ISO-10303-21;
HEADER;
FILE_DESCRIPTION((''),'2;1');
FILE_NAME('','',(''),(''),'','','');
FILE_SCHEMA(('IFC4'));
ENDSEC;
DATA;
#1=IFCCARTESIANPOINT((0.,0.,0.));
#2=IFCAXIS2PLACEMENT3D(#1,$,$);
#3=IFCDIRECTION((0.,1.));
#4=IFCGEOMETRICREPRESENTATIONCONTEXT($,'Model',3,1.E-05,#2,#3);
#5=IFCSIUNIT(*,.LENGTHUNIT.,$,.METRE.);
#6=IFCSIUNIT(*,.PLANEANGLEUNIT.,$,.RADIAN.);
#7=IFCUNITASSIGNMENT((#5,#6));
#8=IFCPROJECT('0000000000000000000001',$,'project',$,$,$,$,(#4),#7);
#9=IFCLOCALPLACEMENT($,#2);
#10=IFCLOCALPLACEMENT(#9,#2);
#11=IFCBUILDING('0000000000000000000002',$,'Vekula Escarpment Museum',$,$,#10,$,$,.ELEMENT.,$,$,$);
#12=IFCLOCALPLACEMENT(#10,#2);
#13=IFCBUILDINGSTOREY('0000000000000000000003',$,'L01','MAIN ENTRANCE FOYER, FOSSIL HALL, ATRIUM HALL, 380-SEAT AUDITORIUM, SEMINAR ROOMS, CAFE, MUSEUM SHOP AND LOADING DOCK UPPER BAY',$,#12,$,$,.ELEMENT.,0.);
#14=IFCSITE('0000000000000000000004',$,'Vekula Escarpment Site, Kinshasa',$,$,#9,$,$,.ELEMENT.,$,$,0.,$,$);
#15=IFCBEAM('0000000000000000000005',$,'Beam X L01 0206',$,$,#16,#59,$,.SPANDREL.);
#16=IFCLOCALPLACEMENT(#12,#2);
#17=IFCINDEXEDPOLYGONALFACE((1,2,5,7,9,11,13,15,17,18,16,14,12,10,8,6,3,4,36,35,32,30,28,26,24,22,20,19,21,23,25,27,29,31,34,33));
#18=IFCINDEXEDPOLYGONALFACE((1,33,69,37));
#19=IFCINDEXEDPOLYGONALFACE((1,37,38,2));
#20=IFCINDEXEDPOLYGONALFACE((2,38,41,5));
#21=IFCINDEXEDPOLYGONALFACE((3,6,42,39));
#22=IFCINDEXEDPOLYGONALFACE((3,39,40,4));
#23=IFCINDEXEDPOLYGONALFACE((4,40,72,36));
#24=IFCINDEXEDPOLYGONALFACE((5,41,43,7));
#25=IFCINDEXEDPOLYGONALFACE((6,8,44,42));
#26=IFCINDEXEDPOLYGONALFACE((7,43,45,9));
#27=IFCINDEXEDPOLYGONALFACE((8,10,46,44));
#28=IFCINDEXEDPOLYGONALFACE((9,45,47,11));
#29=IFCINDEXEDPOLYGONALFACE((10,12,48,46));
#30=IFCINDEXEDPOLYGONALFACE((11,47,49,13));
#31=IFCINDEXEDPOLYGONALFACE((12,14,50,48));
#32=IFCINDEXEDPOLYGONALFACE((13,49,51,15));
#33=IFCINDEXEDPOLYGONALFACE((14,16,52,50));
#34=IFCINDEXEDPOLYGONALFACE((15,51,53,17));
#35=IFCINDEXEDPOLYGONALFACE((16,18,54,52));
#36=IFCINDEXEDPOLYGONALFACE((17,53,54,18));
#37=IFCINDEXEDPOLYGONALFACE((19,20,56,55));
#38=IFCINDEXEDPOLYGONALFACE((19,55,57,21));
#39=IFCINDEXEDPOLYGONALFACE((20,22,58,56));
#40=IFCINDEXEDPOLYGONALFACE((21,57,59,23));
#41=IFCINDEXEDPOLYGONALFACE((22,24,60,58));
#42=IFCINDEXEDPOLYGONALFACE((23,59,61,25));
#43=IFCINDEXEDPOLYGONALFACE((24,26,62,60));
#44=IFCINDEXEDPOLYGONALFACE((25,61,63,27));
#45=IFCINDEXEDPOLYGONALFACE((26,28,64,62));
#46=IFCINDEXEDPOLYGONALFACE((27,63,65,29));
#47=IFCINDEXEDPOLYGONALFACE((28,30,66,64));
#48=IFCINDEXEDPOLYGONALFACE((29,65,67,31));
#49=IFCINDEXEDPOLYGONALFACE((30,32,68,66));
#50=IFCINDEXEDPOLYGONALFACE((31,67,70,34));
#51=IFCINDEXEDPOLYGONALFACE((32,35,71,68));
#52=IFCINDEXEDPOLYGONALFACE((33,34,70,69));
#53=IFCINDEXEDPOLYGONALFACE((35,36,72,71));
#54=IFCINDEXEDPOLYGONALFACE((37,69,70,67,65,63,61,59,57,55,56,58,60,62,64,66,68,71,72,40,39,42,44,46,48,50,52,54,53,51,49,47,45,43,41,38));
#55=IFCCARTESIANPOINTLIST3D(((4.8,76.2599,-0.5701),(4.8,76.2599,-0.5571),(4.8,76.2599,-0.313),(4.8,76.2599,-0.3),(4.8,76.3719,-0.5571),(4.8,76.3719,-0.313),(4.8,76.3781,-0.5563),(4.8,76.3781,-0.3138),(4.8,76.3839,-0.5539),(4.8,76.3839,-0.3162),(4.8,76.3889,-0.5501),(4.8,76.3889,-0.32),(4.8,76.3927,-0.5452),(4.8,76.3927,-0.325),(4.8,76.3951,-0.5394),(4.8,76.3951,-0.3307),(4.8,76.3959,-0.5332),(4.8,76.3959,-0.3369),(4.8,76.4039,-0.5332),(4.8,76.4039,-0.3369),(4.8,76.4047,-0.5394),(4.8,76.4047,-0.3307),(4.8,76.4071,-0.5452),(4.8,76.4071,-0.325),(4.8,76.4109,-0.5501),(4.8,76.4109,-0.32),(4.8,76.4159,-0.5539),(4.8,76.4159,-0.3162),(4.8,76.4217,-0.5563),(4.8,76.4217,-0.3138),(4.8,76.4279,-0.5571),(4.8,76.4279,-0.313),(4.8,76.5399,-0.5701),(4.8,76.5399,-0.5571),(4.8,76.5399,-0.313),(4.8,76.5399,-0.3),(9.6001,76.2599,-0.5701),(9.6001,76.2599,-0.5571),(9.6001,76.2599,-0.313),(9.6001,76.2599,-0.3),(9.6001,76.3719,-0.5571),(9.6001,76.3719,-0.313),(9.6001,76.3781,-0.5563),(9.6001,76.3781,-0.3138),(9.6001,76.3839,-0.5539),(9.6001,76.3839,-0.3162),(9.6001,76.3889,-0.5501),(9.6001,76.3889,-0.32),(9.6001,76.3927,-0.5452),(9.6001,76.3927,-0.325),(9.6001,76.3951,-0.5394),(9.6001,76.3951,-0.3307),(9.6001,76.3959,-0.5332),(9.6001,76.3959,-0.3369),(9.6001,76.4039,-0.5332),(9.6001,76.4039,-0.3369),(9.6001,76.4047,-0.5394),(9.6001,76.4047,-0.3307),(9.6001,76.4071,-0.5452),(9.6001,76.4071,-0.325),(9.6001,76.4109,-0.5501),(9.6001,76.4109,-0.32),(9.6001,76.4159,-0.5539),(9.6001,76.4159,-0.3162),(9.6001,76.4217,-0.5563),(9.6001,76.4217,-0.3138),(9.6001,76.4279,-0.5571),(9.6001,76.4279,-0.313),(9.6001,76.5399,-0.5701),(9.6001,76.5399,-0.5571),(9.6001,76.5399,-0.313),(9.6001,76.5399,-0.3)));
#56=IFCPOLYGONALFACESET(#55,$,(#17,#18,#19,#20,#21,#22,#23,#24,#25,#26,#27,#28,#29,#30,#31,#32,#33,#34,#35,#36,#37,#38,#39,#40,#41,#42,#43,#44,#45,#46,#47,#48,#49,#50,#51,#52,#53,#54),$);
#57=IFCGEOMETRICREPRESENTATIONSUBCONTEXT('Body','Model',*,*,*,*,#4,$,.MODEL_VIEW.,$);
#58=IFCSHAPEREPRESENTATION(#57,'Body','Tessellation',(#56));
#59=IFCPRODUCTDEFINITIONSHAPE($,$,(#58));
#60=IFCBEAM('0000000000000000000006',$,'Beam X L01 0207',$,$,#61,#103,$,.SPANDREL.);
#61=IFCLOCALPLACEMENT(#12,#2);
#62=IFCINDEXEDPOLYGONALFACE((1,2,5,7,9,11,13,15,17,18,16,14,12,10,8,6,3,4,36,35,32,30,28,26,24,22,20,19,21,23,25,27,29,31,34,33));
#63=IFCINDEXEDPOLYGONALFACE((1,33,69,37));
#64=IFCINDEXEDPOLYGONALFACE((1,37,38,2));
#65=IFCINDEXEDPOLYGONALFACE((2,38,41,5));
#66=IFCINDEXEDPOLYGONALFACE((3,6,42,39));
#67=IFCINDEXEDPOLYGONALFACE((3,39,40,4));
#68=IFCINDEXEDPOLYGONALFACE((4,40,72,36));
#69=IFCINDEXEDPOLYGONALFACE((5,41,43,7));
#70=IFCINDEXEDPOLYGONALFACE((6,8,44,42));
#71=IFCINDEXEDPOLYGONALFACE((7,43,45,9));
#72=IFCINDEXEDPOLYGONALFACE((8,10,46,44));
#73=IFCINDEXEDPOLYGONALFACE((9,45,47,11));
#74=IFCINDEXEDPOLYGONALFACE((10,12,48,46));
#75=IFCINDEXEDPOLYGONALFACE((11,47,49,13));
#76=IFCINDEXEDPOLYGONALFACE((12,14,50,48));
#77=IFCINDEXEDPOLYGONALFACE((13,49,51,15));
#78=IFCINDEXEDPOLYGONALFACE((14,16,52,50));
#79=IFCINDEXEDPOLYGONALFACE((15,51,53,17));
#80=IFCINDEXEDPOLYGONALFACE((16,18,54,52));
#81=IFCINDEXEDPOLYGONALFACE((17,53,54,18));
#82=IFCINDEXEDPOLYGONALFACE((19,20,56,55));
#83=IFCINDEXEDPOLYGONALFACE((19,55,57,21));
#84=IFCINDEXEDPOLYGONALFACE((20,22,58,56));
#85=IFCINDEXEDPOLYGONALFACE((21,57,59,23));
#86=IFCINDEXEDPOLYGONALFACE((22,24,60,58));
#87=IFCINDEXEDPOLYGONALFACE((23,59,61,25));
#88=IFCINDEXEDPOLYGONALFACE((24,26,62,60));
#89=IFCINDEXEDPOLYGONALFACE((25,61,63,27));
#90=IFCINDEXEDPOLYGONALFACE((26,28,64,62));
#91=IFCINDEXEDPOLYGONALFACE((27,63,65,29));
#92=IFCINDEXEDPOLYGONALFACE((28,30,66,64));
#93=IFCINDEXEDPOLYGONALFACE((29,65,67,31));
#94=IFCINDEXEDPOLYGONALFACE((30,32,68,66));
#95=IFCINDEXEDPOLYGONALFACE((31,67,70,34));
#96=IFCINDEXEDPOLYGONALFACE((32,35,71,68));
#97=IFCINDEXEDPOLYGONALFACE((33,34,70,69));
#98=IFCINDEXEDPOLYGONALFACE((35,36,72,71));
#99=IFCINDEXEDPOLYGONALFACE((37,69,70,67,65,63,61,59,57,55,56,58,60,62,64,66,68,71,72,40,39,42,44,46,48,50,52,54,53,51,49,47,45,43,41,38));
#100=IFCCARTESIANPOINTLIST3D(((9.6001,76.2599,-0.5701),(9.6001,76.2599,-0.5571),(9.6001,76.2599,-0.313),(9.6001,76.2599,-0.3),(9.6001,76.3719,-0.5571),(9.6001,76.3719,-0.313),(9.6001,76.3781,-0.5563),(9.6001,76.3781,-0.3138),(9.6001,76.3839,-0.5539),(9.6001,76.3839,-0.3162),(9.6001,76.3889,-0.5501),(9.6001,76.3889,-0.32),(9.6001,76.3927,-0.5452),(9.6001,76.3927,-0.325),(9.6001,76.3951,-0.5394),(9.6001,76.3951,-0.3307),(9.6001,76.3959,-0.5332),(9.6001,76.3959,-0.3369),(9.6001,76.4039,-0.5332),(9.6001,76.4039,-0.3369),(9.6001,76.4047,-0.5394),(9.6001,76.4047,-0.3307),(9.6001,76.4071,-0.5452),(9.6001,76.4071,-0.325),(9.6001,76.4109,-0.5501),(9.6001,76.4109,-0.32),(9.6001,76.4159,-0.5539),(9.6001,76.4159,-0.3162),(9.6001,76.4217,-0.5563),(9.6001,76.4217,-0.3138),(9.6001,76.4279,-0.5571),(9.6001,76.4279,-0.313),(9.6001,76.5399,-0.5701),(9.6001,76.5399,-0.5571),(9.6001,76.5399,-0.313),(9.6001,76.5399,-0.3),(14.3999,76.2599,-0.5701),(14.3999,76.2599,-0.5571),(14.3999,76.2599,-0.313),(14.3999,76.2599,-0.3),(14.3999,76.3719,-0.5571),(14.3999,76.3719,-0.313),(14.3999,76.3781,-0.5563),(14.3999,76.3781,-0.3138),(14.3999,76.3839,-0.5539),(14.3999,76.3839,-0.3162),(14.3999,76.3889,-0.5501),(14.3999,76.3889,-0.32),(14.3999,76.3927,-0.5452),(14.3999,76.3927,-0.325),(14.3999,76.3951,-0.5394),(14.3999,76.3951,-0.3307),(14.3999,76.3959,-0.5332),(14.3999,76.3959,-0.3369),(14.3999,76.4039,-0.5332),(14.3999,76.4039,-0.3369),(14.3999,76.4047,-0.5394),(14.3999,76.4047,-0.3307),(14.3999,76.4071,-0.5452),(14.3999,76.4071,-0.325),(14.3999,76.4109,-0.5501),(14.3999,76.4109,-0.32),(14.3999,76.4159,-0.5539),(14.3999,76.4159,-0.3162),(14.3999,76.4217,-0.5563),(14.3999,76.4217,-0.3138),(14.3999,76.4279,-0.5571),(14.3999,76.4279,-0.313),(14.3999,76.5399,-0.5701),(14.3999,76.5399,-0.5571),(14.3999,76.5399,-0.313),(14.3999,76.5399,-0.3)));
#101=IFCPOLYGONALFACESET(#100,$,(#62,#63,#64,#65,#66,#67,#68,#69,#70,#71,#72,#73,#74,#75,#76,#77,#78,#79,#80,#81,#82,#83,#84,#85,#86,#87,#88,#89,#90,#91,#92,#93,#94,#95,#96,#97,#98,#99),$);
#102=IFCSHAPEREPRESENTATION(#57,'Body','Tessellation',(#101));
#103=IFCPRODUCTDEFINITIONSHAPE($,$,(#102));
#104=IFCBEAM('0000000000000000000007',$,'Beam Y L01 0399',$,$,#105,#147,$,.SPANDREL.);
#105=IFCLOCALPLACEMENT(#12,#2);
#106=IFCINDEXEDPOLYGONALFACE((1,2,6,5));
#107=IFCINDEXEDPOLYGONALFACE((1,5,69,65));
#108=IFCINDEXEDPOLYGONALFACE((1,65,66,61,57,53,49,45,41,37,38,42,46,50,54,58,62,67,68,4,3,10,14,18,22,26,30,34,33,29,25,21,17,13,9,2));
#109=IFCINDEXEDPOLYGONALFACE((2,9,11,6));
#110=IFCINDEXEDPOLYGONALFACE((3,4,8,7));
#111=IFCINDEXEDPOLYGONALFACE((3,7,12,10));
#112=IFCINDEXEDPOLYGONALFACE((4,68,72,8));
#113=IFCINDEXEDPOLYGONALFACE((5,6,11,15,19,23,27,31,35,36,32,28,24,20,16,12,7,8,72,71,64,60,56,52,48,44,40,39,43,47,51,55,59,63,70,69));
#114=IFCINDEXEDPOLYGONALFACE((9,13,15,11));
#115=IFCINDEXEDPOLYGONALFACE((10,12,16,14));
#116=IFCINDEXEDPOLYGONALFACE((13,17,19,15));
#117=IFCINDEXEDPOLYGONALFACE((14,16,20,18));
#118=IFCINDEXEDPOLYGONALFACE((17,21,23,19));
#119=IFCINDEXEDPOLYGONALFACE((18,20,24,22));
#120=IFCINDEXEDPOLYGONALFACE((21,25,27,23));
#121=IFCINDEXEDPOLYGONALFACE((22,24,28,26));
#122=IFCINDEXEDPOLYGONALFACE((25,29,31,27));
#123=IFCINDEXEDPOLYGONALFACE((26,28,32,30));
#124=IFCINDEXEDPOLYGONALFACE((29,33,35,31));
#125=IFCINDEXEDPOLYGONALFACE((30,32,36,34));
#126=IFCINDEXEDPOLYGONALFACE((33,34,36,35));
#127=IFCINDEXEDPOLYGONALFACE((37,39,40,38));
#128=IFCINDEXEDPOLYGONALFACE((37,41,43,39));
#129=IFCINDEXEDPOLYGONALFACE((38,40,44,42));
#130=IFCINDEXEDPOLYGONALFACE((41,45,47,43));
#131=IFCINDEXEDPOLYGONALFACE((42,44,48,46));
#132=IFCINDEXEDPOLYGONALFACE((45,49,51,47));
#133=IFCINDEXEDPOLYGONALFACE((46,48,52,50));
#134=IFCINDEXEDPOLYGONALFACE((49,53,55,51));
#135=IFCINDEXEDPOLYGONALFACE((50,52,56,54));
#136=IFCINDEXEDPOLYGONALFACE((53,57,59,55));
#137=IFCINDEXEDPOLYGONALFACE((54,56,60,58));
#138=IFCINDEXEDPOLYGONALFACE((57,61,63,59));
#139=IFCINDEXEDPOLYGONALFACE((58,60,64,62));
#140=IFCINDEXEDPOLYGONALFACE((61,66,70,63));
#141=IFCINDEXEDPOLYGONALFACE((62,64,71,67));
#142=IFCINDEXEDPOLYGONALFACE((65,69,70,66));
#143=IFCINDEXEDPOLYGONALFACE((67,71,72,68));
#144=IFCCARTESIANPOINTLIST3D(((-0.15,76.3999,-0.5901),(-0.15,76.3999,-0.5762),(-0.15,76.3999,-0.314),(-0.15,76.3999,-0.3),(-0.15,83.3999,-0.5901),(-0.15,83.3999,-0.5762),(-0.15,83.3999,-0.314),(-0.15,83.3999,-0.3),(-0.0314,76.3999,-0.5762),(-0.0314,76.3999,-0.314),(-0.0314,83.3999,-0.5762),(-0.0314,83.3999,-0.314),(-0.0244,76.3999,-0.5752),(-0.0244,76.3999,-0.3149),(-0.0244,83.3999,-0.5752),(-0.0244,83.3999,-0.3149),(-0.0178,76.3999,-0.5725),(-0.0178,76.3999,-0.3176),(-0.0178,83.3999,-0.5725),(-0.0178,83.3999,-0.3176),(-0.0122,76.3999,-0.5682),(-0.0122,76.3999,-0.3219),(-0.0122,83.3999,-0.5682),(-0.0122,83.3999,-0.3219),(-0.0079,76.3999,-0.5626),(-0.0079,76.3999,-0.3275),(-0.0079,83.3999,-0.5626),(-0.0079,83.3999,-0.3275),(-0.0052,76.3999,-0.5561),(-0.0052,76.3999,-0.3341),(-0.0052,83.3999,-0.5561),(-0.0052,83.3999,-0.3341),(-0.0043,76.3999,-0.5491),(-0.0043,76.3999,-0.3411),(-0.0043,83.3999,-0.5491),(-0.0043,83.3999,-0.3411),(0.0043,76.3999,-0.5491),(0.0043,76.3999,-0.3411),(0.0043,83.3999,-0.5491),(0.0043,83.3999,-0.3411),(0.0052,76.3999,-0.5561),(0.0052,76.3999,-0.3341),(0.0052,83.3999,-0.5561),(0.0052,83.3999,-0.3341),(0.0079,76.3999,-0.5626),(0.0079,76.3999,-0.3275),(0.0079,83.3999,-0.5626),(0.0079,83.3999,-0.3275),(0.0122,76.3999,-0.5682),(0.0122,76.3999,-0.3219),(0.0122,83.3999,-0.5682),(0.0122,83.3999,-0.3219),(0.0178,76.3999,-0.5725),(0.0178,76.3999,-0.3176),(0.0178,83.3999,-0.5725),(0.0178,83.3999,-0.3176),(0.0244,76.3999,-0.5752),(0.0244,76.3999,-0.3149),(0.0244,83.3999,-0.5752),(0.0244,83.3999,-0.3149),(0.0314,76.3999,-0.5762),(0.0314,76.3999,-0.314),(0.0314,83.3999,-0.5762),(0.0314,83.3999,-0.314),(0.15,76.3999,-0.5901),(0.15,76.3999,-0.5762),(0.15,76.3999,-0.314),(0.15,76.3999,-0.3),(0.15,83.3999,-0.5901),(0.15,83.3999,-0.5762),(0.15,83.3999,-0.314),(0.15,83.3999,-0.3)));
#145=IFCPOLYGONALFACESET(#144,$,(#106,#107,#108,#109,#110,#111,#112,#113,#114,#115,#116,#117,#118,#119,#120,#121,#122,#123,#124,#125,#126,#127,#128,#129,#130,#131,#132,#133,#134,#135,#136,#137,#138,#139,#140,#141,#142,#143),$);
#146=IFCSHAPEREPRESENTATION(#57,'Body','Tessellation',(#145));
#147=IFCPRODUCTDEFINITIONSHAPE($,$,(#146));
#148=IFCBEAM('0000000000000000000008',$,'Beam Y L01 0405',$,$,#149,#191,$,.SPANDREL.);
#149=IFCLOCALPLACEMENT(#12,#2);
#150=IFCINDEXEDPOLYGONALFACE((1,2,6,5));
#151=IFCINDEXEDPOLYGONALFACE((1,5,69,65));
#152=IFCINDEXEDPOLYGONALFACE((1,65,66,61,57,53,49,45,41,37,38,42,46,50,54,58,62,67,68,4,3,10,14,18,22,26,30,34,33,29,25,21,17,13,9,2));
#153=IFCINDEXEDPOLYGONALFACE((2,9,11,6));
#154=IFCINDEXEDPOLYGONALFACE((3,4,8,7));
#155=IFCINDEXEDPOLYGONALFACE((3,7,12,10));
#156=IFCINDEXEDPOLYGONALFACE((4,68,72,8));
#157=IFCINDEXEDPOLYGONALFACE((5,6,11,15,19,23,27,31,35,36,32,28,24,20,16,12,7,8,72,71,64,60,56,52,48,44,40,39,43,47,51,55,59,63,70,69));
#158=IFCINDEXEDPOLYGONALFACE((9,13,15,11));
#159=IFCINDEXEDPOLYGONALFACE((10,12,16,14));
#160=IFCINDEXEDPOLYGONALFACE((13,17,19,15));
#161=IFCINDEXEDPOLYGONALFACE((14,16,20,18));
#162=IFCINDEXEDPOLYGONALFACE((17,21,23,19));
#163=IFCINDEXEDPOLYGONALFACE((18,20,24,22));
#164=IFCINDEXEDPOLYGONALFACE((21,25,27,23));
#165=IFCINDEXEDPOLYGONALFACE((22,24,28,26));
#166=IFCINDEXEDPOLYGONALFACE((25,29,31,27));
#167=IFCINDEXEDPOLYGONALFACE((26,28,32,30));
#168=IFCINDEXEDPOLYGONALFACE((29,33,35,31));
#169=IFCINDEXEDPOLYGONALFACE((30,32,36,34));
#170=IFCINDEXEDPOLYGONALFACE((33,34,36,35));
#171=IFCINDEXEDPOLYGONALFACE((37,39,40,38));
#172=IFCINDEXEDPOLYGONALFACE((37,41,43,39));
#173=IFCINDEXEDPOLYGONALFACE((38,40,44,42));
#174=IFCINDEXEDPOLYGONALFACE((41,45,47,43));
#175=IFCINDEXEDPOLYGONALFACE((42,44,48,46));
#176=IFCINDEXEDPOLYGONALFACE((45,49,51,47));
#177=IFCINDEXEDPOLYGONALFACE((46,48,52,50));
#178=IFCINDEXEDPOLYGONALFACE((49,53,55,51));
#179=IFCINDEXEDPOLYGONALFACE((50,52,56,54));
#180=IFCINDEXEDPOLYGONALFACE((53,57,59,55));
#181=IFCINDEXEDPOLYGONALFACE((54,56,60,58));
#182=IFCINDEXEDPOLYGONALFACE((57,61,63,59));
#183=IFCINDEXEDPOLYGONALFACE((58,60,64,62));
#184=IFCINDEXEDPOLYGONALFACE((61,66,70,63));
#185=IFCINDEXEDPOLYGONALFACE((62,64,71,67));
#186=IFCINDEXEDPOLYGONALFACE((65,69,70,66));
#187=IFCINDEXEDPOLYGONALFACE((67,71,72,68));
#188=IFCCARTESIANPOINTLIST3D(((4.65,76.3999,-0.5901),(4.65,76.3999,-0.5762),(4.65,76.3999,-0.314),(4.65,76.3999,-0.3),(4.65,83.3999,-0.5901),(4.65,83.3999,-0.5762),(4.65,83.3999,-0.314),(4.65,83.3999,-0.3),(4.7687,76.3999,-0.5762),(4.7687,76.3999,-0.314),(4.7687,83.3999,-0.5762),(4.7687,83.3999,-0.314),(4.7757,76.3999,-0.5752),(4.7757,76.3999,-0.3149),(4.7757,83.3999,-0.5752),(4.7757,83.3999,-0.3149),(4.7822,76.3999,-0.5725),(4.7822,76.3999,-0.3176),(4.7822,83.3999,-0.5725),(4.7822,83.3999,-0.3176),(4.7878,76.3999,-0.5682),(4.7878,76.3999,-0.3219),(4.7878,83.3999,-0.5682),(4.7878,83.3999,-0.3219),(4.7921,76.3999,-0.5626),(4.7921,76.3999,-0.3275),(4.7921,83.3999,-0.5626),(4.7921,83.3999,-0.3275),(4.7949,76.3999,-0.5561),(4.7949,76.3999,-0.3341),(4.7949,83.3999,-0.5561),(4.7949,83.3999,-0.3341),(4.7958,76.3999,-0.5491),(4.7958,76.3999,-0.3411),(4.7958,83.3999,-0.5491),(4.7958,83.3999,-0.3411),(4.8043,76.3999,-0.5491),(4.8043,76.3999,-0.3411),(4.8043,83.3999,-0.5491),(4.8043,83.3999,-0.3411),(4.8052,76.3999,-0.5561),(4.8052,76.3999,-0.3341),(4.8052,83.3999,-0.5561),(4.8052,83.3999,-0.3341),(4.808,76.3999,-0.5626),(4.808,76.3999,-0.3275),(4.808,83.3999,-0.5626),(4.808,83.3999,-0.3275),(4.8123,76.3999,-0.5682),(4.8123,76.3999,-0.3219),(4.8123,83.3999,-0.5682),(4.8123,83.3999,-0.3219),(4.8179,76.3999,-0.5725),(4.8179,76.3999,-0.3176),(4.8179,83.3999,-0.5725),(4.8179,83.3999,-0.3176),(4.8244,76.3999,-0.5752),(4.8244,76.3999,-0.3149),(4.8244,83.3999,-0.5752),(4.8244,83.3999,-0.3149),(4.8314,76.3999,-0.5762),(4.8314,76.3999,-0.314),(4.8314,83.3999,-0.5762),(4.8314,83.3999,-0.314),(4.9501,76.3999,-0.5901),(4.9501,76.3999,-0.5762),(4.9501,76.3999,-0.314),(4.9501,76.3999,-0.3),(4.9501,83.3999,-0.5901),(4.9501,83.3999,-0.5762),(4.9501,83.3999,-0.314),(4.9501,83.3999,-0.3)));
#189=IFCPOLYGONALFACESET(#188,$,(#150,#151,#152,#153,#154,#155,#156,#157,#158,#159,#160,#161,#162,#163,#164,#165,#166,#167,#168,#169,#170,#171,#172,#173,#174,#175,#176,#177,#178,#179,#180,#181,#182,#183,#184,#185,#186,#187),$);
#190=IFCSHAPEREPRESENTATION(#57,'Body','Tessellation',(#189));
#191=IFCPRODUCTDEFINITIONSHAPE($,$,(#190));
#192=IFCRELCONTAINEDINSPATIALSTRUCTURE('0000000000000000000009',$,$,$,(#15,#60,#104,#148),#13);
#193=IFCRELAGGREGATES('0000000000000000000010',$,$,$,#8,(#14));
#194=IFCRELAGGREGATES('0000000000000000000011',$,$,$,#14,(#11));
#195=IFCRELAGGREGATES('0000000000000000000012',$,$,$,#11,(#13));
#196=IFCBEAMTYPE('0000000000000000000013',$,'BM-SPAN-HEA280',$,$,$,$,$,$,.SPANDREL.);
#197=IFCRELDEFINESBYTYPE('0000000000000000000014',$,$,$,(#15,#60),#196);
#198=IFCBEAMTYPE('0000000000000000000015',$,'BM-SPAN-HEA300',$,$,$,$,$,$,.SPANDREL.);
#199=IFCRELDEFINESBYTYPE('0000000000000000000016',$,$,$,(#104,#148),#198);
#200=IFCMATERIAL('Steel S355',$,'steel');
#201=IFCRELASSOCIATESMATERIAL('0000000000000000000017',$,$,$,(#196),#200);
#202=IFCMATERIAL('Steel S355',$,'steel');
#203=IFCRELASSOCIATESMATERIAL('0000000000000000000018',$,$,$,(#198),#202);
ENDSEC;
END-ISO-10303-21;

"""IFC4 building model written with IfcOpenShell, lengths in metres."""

from ifc_helpers import new_model, si_unit, direction, frame, origin, origin_2d, place, context, subcontext, project, spatial, i_section, extrude, material, material_profile, profile_set, type_object, element, save


model = new_model("IFC4")

# Units and contexts
model_context = context("Model", 3, precision=1e-05, world=origin(), true_north=direction((0.0, 1.0)))
body_context = subcontext(model_context, "Body", "Model", "MODEL_VIEW")
ifc_project = project(units=[si_unit("LENGTHUNIT", "METRE"), si_unit("PLANEANGLEUNIT", "RADIAN")], contexts=[model_context])

# Site, building, storey
site_placement = place(None, origin())
site = spatial("IfcSite", under=ifc_project, at=site_placement, Name="Vekula Escarpment Site, Kinshasa", CompositionType="ELEMENT", RefElevation=0.0)
building_placement = place(site_placement, origin())
building = spatial("IfcBuilding", under=site, at=building_placement, Name="Vekula Escarpment Museum", CompositionType="ELEMENT")
storey_placement = place(building_placement, origin())
storey = spatial("IfcBuildingStorey", under=building, at=storey_placement, Name="L01", Description="MAIN ENTRANCE FOYER, FOSSIL HALL, ATRIUM HALL, 380-SEAT AUDITORIUM, SEMINAR ROOMS, CAFE, MUSEUM SHOP AND LOADING DOCK UPPER BAY", CompositionType="ELEMENT", Elevation=0.0)

# Beams
ifc_material_1 = material(Name="Steel S355", Category="steel")
ifc_material_profile_1 = material_profile(ifc_material_1, i_section(OverallWidth=0.28, OverallDepth=0.27, WebThickness=0.0081, FlangeThickness=0.0129, FilletRadius=0.0239, at=origin_2d()), Name="HEA 280")
ifc_profile_set_1 = profile_set([ifc_material_profile_1], Name="Steel S355")
beam_type_1 = type_object("IfcBeamType", Name="BM-SPAN-HEA280", PredefinedType="SPANDREL", material=ifc_profile_set_1)
for number, where, z_axis, x_axis, name in (
    (1, (4.8, 76.3999, -0.4351), (1.0, 0.0, 0.0), (0.0, 1.0, 0.0), "Beam X L01 0206"),
):
    element("IfcBeam", number, at=place(storey_placement, frame(where, z_axis=z_axis, x_axis=x_axis)), inside=storey, type_object=beam_type_1, Name=name, PredefinedType="SPANDREL", context=body_context, shape_type="SweptSolid", body=[
        extrude(i_section(OverallWidth=0.28, OverallDepth=0.27, WebThickness=0.0081, FlangeThickness=0.0129, FilletRadius=0.0239, at=origin_2d()), origin(), (0.0, 0.0, 1.0), 4.8),
    ])
beam_1_placement = place(storey_placement, frame((9.6001, 76.3999, -0.4351), z_axis=(1.0, 0.0, 0.0), x_axis=(0.0, 1.0, 0.0)))
element("IfcBeam", 2, at=beam_1_placement, inside=storey, type_object=beam_type_1, Name="Beam X L01 0207", PredefinedType="SPANDREL", context=body_context, shape_type="SweptSolid", body=[
    extrude(i_section(OverallWidth=0.28, OverallDepth=0.27, WebThickness=0.0081, FlangeThickness=0.0129, FilletRadius=0.0239, at=origin_2d()), origin(), (0.0, 0.0, 1.0), 4.7998),
])
ifc_material_2 = material(Name="Steel S355", Category="steel")
ifc_material_profile_2 = material_profile(ifc_material_2, i_section(OverallWidth=0.3, OverallDepth=0.29, WebThickness=0.0085, FlangeThickness=0.0139, FilletRadius=0.0271, at=origin_2d()), Name="HEA 300")
ifc_profile_set_2 = profile_set([ifc_material_profile_2], Name="Steel S355")
beam_type_2 = type_object("IfcBeamType", Name="BM-SPAN-HEA300", PredefinedType="SPANDREL", material=ifc_profile_set_2)
for number, where, z_axis, x_axis, name in (
    (3, (0.0, 76.3999, -0.4451), (0.0, 1.0, 0.0), (-1.0, 0.0, 0.0), "Beam Y L01 0399"),
    (4, (4.8, 76.3999, -0.4451), (0.0, 1.0, 0.0), (-1.0, 0.0, 0.0), "Beam Y L01 0405"),
):
    element("IfcBeam", number, at=place(storey_placement, frame(where, z_axis=z_axis, x_axis=x_axis)), inside=storey, type_object=beam_type_2, Name=name, PredefinedType="SPANDREL", context=body_context, shape_type="SweptSolid", body=[
        extrude(i_section(OverallWidth=0.3, OverallDepth=0.29, WebThickness=0.0085, FlangeThickness=0.0139, FilletRadius=0.0271, at=origin_2d()), origin(), (0.0, 0.0, 1.0), 7.0),
    ])

save(model, "model.ifc")
